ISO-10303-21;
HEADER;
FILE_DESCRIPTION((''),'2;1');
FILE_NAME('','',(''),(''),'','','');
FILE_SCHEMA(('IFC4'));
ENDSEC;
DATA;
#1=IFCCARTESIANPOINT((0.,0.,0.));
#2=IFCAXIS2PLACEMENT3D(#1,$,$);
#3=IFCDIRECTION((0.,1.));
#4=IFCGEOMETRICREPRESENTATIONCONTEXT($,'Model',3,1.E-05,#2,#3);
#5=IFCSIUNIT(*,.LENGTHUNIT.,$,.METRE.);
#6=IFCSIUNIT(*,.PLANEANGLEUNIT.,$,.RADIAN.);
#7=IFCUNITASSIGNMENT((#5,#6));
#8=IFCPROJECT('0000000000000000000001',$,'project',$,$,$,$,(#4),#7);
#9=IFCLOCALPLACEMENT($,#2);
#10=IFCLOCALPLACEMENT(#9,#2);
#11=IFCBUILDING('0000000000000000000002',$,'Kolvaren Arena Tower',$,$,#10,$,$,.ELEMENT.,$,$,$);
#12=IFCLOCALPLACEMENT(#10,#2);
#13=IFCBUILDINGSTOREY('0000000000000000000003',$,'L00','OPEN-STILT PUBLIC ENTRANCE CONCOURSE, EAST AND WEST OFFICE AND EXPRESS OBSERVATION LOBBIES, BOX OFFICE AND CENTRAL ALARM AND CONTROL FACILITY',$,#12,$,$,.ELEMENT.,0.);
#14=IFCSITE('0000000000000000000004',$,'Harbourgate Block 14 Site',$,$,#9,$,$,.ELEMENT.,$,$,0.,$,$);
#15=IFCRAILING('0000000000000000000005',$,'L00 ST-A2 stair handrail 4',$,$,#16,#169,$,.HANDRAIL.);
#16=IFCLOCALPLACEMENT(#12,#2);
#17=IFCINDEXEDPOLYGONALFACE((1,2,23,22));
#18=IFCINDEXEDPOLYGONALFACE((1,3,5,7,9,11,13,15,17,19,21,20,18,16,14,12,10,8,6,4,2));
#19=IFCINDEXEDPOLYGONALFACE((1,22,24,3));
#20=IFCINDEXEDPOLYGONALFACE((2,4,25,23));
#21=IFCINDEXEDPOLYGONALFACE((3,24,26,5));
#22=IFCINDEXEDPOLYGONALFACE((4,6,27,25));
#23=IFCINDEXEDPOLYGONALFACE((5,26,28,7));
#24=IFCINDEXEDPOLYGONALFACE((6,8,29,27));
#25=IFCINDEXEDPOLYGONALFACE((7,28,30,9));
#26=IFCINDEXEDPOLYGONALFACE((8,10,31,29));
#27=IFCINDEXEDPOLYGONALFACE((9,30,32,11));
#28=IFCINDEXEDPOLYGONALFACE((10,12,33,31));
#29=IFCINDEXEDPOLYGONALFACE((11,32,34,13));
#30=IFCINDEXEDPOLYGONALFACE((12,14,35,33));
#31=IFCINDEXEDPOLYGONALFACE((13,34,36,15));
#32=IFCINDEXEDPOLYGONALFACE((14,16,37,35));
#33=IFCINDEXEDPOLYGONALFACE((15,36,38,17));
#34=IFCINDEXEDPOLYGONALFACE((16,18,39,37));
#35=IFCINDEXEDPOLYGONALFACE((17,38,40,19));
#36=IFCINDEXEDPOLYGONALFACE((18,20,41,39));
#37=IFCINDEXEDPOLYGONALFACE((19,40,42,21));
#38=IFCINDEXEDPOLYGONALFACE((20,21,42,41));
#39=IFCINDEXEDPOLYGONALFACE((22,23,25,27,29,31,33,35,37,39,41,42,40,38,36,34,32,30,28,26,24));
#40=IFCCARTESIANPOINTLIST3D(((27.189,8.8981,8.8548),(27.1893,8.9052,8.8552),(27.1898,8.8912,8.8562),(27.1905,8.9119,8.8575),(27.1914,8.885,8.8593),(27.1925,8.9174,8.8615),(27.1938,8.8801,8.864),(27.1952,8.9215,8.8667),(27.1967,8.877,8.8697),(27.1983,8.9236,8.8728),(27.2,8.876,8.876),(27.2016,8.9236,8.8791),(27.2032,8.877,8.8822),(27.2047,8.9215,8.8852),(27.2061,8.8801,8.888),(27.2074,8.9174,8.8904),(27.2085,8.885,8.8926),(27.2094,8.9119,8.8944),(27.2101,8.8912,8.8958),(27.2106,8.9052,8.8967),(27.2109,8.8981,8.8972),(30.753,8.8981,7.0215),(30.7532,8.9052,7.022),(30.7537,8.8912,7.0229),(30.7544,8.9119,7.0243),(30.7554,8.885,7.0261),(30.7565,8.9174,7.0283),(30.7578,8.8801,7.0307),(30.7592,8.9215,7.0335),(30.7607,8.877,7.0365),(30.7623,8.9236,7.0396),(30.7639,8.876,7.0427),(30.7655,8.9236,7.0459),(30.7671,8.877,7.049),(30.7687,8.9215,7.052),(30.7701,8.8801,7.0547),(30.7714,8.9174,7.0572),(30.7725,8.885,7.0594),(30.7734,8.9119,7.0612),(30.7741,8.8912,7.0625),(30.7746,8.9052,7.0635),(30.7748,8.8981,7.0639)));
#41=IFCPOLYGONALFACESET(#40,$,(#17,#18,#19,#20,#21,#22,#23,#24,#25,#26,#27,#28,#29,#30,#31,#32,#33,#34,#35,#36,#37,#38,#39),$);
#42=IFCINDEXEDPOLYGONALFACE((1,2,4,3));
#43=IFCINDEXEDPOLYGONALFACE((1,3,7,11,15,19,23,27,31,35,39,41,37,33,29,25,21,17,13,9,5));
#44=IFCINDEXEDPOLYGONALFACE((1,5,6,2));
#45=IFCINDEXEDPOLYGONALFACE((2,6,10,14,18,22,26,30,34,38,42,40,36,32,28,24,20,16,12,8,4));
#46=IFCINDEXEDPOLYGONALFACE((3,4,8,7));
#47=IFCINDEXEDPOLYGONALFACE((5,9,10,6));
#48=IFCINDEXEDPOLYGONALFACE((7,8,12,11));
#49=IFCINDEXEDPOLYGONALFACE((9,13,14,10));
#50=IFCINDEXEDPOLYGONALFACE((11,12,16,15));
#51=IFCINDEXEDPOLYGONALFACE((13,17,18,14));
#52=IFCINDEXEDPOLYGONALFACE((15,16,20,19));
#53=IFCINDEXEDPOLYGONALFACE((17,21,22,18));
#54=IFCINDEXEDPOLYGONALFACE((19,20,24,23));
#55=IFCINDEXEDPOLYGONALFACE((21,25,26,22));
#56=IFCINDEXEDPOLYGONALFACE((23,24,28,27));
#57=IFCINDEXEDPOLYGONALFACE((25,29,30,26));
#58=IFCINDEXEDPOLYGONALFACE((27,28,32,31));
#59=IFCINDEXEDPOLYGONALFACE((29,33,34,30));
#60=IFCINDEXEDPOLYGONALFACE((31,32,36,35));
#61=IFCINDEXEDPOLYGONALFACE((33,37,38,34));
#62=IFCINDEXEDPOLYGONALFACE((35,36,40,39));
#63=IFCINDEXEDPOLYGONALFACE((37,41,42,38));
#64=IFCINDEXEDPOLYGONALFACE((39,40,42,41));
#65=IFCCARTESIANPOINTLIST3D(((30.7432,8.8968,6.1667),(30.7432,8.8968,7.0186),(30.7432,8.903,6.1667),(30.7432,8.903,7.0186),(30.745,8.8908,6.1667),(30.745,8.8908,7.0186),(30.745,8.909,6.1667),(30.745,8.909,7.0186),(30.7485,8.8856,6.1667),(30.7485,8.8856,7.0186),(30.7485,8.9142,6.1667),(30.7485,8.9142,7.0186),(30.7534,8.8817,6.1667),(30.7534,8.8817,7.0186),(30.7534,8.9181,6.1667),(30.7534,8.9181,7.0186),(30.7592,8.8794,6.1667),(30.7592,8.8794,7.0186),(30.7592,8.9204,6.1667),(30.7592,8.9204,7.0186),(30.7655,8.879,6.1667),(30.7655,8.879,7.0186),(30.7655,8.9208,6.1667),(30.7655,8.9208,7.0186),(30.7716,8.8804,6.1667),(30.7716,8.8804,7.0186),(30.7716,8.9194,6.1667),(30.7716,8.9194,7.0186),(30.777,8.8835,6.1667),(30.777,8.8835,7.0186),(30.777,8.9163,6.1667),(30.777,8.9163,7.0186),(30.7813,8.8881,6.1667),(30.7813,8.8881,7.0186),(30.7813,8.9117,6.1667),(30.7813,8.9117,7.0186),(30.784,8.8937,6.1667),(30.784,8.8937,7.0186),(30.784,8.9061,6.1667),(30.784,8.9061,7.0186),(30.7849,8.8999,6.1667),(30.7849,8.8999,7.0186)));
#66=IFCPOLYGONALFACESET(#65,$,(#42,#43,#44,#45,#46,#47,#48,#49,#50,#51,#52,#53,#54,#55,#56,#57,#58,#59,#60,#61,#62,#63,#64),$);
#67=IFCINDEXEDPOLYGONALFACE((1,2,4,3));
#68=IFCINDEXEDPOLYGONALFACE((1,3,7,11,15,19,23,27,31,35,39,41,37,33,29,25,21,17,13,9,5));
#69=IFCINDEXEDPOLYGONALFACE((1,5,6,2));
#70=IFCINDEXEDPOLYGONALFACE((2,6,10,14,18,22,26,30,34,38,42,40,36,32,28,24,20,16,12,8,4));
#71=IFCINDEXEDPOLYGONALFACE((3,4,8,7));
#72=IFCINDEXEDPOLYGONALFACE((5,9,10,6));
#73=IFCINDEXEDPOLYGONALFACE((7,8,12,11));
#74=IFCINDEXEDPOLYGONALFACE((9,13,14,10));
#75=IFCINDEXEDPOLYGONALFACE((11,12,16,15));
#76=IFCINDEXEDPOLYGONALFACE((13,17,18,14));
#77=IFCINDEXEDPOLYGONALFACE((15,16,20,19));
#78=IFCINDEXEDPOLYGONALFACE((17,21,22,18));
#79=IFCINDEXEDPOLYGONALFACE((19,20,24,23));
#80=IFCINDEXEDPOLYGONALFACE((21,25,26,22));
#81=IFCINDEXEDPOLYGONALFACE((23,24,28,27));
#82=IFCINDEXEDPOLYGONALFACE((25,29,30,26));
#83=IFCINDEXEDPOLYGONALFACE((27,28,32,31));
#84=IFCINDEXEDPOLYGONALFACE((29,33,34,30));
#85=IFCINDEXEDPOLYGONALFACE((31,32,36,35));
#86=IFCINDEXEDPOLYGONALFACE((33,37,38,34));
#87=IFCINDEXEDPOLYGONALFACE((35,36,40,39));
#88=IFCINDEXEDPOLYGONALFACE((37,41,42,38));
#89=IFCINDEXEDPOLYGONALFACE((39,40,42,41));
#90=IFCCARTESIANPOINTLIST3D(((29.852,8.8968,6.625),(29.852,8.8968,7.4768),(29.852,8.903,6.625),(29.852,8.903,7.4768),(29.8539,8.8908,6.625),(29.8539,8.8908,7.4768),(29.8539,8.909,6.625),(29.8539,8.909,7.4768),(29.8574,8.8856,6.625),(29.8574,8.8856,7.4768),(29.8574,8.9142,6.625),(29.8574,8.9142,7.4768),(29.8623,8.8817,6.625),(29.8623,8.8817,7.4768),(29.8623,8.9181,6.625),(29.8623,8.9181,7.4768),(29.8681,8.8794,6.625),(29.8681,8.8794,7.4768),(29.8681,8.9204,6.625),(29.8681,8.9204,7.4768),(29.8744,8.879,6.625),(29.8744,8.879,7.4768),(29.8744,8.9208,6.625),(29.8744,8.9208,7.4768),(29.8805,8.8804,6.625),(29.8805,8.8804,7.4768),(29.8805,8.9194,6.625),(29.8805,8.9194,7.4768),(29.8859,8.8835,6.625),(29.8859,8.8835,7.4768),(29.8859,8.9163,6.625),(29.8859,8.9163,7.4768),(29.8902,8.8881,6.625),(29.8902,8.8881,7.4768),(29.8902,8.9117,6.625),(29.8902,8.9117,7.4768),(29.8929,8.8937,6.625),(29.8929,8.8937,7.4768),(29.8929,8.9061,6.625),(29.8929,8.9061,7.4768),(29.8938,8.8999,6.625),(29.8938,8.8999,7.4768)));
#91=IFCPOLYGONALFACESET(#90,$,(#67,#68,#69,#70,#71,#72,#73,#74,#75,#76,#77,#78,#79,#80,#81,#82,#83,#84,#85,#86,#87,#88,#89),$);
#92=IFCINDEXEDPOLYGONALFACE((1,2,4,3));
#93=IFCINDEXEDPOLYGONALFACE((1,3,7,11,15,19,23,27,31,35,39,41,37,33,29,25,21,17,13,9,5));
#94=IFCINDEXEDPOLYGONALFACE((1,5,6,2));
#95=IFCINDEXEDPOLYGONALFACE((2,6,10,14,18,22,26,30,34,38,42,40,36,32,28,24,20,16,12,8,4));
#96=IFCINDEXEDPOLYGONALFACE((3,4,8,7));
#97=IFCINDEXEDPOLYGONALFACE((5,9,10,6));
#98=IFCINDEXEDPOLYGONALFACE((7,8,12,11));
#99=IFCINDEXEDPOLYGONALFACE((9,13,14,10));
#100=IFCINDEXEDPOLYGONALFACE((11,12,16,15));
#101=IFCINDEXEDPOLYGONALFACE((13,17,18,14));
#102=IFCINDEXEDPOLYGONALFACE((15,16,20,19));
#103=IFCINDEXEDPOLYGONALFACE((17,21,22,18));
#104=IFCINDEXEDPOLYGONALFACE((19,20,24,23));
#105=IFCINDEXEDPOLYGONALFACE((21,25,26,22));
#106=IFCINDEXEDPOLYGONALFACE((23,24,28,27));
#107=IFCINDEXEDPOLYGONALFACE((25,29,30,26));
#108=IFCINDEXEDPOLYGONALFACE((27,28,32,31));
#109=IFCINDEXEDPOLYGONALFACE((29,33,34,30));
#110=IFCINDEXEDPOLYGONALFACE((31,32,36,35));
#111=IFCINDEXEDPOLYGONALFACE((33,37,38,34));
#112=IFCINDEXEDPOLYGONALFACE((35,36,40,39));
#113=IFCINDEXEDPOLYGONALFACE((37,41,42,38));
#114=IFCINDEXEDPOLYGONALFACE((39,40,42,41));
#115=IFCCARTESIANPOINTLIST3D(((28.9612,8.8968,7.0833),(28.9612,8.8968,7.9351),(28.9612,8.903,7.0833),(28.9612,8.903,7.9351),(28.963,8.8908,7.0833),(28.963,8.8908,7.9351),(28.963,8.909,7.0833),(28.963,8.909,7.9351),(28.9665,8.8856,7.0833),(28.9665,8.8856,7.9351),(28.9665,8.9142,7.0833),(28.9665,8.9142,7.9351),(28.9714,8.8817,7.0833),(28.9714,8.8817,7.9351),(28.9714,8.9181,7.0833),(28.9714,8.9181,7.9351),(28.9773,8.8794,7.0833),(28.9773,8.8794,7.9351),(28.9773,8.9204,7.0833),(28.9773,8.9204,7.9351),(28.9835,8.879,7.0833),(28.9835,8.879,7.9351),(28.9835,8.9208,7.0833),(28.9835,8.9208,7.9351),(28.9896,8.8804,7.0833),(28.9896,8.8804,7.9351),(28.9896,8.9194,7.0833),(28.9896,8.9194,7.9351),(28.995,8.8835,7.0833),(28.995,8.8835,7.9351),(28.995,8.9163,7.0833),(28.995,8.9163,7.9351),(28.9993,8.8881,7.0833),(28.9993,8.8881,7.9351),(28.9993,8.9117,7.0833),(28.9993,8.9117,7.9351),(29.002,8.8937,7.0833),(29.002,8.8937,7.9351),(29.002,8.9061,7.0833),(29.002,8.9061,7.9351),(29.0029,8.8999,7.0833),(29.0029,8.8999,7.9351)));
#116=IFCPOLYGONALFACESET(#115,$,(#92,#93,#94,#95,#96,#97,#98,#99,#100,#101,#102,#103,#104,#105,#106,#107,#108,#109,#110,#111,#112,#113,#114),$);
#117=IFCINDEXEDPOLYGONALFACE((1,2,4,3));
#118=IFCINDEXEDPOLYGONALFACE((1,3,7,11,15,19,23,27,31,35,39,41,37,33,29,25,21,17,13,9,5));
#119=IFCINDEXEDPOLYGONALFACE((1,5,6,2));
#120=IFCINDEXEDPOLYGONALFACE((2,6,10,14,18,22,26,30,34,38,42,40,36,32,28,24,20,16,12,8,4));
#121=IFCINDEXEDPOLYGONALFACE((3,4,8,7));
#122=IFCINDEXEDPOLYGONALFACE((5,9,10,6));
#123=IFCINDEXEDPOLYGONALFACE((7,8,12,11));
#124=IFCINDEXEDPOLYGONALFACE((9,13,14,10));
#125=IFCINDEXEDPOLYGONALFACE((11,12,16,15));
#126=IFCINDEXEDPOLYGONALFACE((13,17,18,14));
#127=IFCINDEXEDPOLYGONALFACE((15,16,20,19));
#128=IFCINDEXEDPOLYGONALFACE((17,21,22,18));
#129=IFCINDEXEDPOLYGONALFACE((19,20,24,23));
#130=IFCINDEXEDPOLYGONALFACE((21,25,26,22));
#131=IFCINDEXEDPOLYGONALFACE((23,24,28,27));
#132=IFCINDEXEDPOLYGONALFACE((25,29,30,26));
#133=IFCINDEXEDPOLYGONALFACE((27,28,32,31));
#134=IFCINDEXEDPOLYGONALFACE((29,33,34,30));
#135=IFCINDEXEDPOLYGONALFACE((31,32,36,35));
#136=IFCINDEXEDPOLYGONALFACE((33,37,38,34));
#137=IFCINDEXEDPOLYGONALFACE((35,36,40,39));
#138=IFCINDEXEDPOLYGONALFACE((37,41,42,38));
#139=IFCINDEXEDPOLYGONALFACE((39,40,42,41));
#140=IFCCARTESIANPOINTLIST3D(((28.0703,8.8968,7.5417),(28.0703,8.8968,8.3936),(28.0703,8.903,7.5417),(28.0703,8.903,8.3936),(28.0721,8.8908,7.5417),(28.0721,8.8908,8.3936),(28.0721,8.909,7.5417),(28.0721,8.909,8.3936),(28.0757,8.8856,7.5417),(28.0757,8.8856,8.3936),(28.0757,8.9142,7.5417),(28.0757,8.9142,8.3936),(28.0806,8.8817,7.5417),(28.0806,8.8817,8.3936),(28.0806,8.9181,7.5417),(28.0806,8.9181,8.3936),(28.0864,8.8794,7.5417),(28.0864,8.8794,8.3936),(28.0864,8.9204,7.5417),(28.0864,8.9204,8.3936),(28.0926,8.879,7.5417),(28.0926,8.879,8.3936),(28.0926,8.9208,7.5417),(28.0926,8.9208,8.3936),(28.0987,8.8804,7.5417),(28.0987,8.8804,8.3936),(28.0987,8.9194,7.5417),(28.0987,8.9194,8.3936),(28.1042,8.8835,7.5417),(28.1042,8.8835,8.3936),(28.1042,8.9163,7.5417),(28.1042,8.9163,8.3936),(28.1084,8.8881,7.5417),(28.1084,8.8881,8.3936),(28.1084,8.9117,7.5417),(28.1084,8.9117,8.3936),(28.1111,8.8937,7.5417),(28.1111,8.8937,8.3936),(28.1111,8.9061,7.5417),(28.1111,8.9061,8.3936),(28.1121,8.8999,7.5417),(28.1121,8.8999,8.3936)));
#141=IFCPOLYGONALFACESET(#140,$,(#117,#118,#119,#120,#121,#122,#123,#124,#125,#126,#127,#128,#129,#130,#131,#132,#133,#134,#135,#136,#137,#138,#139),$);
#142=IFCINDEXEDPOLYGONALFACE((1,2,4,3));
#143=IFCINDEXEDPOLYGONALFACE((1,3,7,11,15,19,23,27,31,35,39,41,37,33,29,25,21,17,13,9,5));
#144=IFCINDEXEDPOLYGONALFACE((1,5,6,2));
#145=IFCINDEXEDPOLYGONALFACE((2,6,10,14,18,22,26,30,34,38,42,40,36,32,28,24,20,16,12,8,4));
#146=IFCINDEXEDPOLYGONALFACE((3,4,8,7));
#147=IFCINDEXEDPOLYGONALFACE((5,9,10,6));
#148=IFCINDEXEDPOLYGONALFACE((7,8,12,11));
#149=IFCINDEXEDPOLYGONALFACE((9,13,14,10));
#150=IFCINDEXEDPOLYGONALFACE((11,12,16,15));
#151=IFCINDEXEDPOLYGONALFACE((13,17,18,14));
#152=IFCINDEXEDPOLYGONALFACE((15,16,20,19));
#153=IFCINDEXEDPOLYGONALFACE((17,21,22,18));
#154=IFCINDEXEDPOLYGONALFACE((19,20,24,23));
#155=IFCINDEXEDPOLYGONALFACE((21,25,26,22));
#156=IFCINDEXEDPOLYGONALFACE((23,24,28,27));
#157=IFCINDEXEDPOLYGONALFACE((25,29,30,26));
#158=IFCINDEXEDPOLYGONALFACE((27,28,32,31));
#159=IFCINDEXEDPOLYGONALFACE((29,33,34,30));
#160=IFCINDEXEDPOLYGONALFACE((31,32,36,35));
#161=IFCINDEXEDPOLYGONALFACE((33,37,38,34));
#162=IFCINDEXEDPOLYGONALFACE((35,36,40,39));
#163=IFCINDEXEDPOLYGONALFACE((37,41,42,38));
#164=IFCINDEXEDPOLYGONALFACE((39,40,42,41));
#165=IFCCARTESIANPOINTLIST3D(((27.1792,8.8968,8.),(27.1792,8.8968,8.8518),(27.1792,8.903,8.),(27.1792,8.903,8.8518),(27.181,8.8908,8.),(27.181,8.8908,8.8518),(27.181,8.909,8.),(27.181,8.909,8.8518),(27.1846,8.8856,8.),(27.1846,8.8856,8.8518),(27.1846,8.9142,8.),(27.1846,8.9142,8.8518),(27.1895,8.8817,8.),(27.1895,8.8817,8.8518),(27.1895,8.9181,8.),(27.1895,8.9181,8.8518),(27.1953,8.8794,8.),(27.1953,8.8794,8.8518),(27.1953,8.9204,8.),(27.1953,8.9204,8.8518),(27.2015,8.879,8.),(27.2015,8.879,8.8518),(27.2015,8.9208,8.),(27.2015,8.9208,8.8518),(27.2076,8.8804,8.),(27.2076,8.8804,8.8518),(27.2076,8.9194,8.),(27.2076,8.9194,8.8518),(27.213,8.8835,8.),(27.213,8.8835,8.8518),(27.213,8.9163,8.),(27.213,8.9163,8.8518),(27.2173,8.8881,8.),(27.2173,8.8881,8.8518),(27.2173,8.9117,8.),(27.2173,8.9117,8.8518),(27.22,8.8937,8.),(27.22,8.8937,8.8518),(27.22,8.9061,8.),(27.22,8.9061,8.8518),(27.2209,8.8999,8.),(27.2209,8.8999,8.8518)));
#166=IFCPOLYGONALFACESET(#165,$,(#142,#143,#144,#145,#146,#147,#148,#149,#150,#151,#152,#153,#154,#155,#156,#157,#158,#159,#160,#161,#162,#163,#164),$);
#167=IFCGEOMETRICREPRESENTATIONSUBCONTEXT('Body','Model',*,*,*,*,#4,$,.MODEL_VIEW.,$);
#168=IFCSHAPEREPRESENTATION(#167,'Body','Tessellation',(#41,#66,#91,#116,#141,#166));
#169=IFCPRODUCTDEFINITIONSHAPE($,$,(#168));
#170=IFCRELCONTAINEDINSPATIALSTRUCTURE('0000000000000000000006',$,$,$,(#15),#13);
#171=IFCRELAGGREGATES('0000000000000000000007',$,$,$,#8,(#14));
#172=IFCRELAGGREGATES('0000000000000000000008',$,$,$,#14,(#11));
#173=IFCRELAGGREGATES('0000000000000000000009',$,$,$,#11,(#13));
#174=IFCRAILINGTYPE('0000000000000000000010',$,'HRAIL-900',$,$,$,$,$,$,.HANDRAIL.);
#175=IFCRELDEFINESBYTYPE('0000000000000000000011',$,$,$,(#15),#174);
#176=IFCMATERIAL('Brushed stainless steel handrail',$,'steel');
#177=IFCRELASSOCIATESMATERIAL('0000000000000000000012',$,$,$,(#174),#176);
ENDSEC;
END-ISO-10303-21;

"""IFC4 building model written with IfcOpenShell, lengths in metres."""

from ifc_helpers import new_model, si_unit, direction, frame, origin, origin_2d, place, context, subcontext, project, spatial, circle, extrude, material, type_object, element, save


model = new_model("IFC4")

# Units and contexts
model_context = context("Model", 3, precision=1e-05, world=origin(), true_north=direction((0.0, 1.0)))
body_context = subcontext(model_context, "Body", "Model", "MODEL_VIEW")
ifc_project = project(units=[si_unit("LENGTHUNIT", "METRE"), si_unit("PLANEANGLEUNIT", "RADIAN")], contexts=[model_context])

# Site, building, storey
site_placement = place(None, origin())
site = spatial("IfcSite", under=ifc_project, at=site_placement, Name="Harbourgate Block 14 Site", CompositionType="ELEMENT", RefElevation=0.0)
building_placement = place(site_placement, origin())
building = spatial("IfcBuilding", under=site, at=building_placement, Name="Kolvaren Arena Tower", CompositionType="ELEMENT")
storey_placement = place(building_placement, origin())
storey = spatial("IfcBuildingStorey", under=building, at=storey_placement, Name="L00", Description="OPEN-STILT PUBLIC ENTRANCE CONCOURSE, EAST AND WEST OFFICE AND EXPRESS OBSERVATION LOBBIES, BOX OFFICE AND CENTRAL ALARM AND CONTROL FACILITY", CompositionType="ELEMENT", Elevation=0.0)

# Railing
ifc_material_1 = material(Name="Brushed stainless steel handrail", Category="steel")
railing_type_1 = type_object("IfcRailingType", Name="HRAIL-900", PredefinedType="HANDRAIL", material=ifc_material_1)
for number, where, name in (
    (1, (30.7639, 8.8999, 6.1667), "L00 ST-A2 stair handrail 4"),
):
    element("IfcRailing", number, at=place(storey_placement, frame(where)), inside=storey, type_object=railing_type_1, Name=name, PredefinedType="HANDRAIL", context=body_context, shape_type="SweptSolid", body=[
        extrude(circle(Radius=0.0239, at=origin_2d()), frame((0.0, 0.0, 0.876), z_axis=(-0.889252, 0.0, 0.457418), x_axis=(0.0, -1.0, 0.0)), (0.0, 0.0, 1.0), 4.0078),
        extrude(circle(Radius=0.021, at=origin_2d()), origin(), (0.0, 0.0, 1.0), 0.8518),
        extrude(circle(Radius=0.021, at=origin_2d()), frame((-0.8911, 0.0, 0.4583)), (0.0, 0.0, 1.0), 0.8518),
        extrude(circle(Radius=0.021, at=origin_2d()), frame((-1.782, 0.0, 0.9165)), (0.0, 0.0, 1.0), 0.8518),
        extrude(circle(Radius=0.021, at=origin_2d()), frame((-2.6729, 0.0, 1.375)), (0.0, 0.0, 1.0), 0.8518),
        extrude(circle(Radius=0.021, at=origin_2d()), frame((-3.564, 0.0, 1.8333)), (0.0, 0.0, 1.0), 0.8518),
    ])

save(model, "model.ifc")
